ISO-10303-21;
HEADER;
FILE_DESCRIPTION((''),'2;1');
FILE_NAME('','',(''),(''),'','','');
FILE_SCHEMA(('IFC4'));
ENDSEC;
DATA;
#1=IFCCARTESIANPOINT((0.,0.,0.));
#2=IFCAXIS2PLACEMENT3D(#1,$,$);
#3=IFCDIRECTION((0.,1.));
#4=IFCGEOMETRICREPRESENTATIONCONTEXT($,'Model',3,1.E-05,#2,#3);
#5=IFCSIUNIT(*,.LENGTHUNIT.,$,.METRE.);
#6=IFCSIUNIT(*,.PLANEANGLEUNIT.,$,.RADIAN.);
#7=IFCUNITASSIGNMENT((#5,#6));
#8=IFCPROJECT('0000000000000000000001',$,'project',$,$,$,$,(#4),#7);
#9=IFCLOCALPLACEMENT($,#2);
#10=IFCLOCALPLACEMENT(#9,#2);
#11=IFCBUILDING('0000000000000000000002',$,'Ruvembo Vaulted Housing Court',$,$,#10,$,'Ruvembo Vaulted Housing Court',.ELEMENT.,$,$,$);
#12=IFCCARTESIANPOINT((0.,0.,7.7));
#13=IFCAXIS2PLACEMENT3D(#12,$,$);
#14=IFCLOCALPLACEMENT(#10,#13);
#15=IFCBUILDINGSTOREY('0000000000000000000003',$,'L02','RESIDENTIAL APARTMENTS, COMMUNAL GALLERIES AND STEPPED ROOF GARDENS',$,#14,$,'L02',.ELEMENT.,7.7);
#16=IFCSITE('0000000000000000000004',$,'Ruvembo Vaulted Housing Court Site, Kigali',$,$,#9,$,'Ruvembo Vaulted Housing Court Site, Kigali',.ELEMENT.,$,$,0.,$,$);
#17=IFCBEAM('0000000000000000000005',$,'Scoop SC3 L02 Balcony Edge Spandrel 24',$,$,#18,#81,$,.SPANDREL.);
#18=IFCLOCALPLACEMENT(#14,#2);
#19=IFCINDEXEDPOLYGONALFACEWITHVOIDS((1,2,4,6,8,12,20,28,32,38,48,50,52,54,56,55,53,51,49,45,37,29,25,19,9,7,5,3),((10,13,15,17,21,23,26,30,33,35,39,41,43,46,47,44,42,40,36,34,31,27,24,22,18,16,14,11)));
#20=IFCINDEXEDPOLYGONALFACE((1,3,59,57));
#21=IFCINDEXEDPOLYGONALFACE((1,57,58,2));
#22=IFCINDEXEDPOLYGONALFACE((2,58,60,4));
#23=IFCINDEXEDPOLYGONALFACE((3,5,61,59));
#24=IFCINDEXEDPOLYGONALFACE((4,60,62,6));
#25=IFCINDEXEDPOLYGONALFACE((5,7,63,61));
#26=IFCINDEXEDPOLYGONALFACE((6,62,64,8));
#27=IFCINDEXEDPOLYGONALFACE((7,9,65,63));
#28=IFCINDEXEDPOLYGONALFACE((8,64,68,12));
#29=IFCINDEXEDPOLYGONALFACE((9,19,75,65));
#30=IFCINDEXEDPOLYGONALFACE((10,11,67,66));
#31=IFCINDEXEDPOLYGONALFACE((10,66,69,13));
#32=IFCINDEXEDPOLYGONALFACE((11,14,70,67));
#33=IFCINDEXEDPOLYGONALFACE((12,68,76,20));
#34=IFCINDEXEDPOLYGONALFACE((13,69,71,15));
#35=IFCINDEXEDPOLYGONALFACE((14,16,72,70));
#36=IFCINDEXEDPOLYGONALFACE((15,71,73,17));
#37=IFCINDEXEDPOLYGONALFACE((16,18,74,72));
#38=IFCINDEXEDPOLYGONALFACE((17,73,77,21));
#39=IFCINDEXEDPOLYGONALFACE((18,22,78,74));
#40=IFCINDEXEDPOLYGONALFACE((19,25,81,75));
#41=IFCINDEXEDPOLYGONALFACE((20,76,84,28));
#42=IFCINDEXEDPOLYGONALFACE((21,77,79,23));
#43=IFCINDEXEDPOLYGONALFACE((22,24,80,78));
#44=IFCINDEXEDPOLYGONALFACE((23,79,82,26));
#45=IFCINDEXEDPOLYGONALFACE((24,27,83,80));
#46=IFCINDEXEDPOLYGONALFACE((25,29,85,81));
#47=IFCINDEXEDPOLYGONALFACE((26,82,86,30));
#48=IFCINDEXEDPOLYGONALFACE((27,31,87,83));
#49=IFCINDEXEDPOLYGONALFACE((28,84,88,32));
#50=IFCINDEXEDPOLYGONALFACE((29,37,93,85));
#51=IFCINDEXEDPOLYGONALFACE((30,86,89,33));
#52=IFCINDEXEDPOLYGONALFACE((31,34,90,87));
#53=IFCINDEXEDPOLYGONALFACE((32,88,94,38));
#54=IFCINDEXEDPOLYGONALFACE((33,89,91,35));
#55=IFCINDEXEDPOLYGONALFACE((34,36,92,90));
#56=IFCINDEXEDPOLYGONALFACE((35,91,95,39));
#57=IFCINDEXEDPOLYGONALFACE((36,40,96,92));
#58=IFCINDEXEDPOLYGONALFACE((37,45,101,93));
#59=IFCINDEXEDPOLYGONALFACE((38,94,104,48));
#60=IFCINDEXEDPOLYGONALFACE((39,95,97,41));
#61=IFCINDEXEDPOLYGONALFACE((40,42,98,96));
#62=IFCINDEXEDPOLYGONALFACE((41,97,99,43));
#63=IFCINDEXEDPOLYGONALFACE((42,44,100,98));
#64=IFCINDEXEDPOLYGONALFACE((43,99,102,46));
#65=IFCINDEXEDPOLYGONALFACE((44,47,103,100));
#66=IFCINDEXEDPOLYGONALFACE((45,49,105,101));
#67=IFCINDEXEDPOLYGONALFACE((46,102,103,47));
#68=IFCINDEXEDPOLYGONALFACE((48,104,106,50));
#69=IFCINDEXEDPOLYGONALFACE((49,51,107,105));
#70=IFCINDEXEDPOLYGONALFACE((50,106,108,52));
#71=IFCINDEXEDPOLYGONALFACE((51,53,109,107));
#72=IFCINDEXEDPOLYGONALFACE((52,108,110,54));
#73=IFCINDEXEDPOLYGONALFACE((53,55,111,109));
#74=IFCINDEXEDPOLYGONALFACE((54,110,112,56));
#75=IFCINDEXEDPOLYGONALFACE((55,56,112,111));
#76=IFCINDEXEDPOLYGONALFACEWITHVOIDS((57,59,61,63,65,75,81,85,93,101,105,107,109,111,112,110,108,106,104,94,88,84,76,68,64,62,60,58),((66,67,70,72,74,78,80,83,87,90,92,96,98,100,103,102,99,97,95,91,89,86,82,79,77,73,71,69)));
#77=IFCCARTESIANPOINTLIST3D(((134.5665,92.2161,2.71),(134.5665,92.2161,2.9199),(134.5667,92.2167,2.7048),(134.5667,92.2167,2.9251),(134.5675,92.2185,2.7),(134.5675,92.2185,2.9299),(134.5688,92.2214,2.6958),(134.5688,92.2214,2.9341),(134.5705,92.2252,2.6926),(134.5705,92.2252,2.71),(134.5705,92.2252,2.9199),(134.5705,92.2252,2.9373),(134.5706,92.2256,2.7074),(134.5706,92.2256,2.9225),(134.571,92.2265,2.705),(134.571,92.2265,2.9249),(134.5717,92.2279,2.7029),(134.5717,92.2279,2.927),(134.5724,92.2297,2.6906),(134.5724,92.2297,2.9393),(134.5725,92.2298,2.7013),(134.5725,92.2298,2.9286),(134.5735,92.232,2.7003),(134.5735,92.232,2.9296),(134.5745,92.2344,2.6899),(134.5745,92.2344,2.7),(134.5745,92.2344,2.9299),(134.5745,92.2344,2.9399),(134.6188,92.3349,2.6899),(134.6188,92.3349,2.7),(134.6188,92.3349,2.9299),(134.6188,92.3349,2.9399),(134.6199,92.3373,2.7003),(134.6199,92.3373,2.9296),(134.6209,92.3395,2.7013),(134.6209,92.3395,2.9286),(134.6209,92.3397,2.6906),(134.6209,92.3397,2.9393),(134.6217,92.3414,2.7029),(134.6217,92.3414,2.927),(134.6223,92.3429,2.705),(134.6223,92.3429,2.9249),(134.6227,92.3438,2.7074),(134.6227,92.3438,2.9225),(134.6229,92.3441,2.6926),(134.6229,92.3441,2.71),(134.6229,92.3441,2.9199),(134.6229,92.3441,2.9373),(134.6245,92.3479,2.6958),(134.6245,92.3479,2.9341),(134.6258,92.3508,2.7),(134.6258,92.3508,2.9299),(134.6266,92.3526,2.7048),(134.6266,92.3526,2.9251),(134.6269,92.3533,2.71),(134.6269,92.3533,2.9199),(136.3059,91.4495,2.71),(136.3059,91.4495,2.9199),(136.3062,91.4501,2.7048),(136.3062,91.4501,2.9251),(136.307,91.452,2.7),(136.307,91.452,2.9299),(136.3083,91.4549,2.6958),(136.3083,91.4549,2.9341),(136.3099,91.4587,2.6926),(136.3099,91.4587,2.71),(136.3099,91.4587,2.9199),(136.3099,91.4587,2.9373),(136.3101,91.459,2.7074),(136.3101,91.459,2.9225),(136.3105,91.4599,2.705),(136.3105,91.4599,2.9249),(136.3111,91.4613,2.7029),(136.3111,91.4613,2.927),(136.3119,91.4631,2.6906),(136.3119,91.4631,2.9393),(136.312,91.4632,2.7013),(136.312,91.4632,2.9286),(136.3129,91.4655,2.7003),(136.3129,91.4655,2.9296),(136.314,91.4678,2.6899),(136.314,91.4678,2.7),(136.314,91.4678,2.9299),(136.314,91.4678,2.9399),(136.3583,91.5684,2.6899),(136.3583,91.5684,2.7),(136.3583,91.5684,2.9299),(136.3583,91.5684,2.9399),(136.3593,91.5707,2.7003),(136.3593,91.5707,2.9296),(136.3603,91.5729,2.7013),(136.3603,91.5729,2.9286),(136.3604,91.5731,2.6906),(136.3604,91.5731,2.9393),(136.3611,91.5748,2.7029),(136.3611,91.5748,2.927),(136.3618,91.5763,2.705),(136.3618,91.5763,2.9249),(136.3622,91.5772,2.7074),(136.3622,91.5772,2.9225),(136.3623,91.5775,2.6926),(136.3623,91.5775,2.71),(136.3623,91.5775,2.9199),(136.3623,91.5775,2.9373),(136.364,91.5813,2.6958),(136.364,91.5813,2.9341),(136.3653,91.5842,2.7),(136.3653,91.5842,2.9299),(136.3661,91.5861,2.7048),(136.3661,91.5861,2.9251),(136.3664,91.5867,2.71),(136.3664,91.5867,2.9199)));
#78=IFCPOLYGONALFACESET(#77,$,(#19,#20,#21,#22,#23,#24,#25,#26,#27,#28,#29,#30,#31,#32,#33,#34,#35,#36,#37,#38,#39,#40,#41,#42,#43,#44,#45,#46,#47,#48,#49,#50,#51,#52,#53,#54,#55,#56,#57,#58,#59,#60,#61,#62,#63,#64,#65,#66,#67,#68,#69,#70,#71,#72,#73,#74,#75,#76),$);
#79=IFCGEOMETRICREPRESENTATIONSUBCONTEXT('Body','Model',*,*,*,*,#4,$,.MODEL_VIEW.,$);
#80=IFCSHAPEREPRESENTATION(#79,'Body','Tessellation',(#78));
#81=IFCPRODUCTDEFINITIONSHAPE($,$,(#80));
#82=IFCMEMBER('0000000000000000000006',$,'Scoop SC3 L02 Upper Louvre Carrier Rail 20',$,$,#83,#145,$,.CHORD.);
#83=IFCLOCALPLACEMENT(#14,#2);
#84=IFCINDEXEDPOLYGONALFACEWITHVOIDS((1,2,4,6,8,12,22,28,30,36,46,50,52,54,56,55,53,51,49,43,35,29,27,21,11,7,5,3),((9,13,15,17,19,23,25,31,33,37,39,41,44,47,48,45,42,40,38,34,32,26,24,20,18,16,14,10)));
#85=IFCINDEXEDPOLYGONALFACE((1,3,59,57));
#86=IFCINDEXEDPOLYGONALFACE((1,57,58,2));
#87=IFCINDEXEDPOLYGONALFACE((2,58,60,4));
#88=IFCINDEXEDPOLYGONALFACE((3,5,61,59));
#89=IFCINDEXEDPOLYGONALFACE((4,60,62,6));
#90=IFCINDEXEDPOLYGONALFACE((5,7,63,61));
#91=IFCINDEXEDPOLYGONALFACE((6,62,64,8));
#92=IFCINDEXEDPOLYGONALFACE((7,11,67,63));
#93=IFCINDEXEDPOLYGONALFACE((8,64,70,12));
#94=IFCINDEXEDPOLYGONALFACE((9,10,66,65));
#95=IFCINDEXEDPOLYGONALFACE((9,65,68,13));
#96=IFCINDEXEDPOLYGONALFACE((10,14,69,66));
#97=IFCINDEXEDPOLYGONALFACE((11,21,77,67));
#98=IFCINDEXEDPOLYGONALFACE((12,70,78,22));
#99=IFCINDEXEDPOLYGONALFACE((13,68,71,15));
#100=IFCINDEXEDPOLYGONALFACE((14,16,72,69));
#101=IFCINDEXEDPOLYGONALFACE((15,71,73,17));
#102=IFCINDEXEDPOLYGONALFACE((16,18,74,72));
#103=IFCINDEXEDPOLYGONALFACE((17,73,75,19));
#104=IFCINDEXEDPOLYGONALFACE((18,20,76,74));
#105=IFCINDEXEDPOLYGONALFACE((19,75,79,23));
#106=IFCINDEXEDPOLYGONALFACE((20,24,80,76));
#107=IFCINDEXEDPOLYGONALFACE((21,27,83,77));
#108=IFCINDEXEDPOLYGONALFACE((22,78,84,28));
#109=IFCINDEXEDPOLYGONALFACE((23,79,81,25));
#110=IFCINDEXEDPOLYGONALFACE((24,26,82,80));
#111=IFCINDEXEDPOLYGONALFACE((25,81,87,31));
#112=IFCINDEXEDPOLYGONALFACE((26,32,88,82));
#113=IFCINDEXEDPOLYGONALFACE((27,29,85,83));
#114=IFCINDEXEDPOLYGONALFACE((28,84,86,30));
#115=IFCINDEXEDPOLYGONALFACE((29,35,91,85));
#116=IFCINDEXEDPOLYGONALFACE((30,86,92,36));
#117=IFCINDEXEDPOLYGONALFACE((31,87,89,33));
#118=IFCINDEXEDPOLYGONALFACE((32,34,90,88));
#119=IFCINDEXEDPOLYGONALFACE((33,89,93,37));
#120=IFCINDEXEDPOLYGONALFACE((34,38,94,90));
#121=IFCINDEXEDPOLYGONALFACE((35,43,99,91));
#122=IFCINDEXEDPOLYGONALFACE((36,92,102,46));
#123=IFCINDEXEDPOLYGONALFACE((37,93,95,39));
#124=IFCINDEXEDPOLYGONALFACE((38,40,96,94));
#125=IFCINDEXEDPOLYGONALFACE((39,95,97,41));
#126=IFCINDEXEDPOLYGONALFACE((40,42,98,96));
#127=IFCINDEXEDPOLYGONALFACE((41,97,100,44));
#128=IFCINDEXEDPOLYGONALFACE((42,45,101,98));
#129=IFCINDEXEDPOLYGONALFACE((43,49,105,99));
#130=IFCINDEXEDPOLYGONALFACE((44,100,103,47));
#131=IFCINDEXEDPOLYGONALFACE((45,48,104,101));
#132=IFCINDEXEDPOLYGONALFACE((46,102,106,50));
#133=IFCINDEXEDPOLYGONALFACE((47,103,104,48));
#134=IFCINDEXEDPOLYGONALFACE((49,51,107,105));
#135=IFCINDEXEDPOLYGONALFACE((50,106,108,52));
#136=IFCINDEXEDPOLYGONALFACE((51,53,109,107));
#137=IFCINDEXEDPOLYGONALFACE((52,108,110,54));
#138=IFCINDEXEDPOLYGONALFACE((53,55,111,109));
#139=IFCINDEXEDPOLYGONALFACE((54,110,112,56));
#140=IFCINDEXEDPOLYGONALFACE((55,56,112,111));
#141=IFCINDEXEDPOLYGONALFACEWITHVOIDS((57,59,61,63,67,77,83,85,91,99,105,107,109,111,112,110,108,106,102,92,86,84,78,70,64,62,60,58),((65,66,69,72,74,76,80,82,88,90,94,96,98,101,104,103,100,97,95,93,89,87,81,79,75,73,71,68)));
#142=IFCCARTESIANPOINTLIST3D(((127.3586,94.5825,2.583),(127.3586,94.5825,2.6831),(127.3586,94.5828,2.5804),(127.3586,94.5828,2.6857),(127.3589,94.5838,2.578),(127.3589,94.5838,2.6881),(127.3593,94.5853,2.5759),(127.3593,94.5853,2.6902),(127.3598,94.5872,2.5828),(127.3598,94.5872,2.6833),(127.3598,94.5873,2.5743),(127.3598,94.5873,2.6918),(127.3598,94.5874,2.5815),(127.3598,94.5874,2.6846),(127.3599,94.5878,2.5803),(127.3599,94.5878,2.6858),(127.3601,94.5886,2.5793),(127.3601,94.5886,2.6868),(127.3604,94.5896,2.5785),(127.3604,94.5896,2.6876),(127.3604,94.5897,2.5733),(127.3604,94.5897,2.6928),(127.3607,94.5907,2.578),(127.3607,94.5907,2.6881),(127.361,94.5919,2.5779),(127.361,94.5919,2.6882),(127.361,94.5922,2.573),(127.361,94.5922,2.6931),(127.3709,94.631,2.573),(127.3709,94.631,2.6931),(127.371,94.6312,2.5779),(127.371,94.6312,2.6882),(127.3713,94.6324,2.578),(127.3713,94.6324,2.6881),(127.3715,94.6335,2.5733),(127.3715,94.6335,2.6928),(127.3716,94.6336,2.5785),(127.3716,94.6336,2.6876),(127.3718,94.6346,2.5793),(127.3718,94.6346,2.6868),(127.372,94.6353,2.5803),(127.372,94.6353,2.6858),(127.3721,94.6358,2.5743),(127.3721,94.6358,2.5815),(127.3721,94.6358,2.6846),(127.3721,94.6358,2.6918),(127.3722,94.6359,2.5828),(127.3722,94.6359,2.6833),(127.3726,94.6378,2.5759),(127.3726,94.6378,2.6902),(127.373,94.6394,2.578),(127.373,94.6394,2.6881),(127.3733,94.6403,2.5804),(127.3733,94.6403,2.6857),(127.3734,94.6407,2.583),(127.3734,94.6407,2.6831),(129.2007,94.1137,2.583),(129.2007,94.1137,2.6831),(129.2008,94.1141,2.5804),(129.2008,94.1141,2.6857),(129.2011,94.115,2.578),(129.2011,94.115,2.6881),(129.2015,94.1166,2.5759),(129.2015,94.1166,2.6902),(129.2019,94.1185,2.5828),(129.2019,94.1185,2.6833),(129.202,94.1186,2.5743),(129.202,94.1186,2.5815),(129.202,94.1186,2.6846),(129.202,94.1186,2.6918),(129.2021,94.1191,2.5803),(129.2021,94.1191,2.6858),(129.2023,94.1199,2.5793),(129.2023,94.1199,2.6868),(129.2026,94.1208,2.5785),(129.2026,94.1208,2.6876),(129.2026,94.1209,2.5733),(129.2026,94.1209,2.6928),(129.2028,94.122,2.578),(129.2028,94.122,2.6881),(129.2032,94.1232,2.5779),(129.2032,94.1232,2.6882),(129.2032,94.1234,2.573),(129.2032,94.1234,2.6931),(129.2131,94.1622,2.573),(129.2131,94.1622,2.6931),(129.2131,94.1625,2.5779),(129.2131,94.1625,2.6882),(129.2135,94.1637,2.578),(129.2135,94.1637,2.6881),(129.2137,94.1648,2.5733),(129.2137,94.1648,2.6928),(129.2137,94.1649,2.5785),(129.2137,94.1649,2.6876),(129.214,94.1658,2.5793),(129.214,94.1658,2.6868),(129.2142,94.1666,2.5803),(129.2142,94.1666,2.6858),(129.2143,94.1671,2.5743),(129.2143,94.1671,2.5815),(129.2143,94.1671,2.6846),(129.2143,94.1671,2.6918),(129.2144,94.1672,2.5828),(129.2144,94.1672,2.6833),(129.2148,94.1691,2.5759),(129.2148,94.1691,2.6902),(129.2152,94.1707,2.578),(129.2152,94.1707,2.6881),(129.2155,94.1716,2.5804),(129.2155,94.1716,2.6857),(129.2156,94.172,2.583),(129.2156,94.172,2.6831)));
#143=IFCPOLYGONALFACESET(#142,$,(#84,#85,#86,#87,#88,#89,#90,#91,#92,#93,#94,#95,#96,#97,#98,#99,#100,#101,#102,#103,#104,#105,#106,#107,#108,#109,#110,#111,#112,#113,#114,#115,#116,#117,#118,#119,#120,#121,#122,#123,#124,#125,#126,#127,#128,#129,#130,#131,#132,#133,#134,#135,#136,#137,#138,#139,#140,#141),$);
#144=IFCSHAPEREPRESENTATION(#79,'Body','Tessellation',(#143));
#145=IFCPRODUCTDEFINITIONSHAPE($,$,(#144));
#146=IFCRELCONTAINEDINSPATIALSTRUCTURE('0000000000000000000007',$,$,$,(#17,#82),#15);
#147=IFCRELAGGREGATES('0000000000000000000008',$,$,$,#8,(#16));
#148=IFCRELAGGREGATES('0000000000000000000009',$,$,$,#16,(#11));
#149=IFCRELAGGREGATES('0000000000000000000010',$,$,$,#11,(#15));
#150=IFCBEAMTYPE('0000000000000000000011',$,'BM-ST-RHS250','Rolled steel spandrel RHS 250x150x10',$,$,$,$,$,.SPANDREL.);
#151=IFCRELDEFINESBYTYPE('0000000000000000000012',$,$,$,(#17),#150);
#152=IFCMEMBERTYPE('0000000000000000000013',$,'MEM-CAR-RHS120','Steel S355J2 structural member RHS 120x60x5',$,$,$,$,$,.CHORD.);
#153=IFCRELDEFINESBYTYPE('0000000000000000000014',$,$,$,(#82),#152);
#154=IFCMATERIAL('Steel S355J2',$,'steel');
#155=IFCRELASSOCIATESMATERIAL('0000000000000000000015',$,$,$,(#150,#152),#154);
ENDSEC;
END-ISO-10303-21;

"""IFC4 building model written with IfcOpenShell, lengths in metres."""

from ifc_helpers import new_model, si_unit, direction, frame, origin, origin_2d, place, context, subcontext, project, spatial, hollow_rectangle, extrude, material, material_profile, profile_set, type_object, element, save


model = new_model("IFC4")

# Units and contexts
model_context = context("Model", 3, precision=1e-05, world=origin(), true_north=direction((0.0, 1.0)))
body_context = subcontext(model_context, "Body", "Model", "MODEL_VIEW")
ifc_project = project(units=[si_unit("LENGTHUNIT", "METRE"), si_unit("PLANEANGLEUNIT", "RADIAN")], contexts=[model_context])

# Site, building, storey
site_placement = place(None, origin())
site = spatial("IfcSite", under=ifc_project, at=site_placement, Name="Ruvembo Vaulted Housing Court Site, Kigali", LongName="Ruvembo Vaulted Housing Court Site, Kigali", CompositionType="ELEMENT", RefElevation=0.0)
building_placement = place(site_placement, origin())
building = spatial("IfcBuilding", under=site, at=building_placement, Name="Ruvembo Vaulted Housing Court", LongName="Ruvembo Vaulted Housing Court", CompositionType="ELEMENT")
storey_placement = place(building_placement, frame((0.0, 0.0, 7.7)))
storey = spatial("IfcBuildingStorey", under=building, at=storey_placement, Name="L02", Description="RESIDENTIAL APARTMENTS, COMMUNAL GALLERIES AND STEPPED ROOF GARDENS", LongName="L02", CompositionType="ELEMENT", Elevation=7.7)

# Beam
ifc_material_1 = material(Name="Steel S355J2", Category="steel")
ifc_material_profile_1 = material_profile(ifc_material_1, hollow_rectangle(XDim=0.1499, YDim=0.25, WallThickness=0.01, InnerFilletRadius=0.01, OuterFilletRadius=0.02, at=origin_2d()), Name="RHS 250x150x10")
ifc_profile_set_1 = profile_set([ifc_material_profile_1], Name="Steel S355J2")
beam_type = type_object("IfcBeamType", Name="BM-ST-RHS250", Description="Rolled steel spandrel RHS 250x150x10", PredefinedType="SPANDREL", material=ifc_profile_set_1)
for number, where, z_axis, x_axis, name in (
    (1, (134.5967, 92.2847, 2.8149), (0.915078, -0.403277, 0.0), (0.403277, 0.915078, 0.0), "Scoop SC3 L02 Balcony Edge Spandrel 24"),
):
    element("IfcBeam", number, at=place(storey_placement, frame(where, z_axis=z_axis, x_axis=x_axis)), inside=storey, type_object=beam_type, Name=name, PredefinedType="SPANDREL", context=body_context, shape_type="SweptSolid", body=[
        extrude(hollow_rectangle(XDim=0.1499, YDim=0.25, WallThickness=0.01, InnerFilletRadius=0.01, OuterFilletRadius=0.02, at=origin_2d()), origin(), (0.0, 0.0, 1.0), 1.9009),
    ])

# Member
ifc_material_profile_2 = material_profile(ifc_material_1, hollow_rectangle(XDim=0.0601, YDim=0.1201, WallThickness=0.0049, InnerFilletRadius=0.0049, OuterFilletRadius=0.01, at=origin_2d()), Name="RHS 120x60x5")
ifc_profile_set_2 = profile_set([ifc_material_profile_2], Name="Steel S355J2")
member_type_1 = type_object("IfcMemberType", Name="MEM-CAR-RHS120", Description="Steel S355J2 structural member RHS 120x60x5", PredefinedType="CHORD", material=ifc_profile_set_2)
for number, where, z_axis, x_axis, name in (
    (2, (127.366, 94.6116, 2.6331), (0.969122, -0.246583, 0.0), (0.246583, 0.969122, 0.0), "Scoop SC3 L02 Upper Louvre Carrier Rail 20"),
):
    element("IfcMember", number, at=place(storey_placement, frame(where, z_axis=z_axis, x_axis=x_axis)), inside=storey, type_object=member_type_1, Name=name, PredefinedType="CHORD", context=body_context, shape_type="SweptSolid", body=[
        extrude(hollow_rectangle(XDim=0.0601, YDim=0.1201, WallThickness=0.0049, InnerFilletRadius=0.0049, OuterFilletRadius=0.01, at=origin_2d()), origin(), (0.0, 0.0, 1.0), 1.9009),
    ])

save(model, "model.ifc")
